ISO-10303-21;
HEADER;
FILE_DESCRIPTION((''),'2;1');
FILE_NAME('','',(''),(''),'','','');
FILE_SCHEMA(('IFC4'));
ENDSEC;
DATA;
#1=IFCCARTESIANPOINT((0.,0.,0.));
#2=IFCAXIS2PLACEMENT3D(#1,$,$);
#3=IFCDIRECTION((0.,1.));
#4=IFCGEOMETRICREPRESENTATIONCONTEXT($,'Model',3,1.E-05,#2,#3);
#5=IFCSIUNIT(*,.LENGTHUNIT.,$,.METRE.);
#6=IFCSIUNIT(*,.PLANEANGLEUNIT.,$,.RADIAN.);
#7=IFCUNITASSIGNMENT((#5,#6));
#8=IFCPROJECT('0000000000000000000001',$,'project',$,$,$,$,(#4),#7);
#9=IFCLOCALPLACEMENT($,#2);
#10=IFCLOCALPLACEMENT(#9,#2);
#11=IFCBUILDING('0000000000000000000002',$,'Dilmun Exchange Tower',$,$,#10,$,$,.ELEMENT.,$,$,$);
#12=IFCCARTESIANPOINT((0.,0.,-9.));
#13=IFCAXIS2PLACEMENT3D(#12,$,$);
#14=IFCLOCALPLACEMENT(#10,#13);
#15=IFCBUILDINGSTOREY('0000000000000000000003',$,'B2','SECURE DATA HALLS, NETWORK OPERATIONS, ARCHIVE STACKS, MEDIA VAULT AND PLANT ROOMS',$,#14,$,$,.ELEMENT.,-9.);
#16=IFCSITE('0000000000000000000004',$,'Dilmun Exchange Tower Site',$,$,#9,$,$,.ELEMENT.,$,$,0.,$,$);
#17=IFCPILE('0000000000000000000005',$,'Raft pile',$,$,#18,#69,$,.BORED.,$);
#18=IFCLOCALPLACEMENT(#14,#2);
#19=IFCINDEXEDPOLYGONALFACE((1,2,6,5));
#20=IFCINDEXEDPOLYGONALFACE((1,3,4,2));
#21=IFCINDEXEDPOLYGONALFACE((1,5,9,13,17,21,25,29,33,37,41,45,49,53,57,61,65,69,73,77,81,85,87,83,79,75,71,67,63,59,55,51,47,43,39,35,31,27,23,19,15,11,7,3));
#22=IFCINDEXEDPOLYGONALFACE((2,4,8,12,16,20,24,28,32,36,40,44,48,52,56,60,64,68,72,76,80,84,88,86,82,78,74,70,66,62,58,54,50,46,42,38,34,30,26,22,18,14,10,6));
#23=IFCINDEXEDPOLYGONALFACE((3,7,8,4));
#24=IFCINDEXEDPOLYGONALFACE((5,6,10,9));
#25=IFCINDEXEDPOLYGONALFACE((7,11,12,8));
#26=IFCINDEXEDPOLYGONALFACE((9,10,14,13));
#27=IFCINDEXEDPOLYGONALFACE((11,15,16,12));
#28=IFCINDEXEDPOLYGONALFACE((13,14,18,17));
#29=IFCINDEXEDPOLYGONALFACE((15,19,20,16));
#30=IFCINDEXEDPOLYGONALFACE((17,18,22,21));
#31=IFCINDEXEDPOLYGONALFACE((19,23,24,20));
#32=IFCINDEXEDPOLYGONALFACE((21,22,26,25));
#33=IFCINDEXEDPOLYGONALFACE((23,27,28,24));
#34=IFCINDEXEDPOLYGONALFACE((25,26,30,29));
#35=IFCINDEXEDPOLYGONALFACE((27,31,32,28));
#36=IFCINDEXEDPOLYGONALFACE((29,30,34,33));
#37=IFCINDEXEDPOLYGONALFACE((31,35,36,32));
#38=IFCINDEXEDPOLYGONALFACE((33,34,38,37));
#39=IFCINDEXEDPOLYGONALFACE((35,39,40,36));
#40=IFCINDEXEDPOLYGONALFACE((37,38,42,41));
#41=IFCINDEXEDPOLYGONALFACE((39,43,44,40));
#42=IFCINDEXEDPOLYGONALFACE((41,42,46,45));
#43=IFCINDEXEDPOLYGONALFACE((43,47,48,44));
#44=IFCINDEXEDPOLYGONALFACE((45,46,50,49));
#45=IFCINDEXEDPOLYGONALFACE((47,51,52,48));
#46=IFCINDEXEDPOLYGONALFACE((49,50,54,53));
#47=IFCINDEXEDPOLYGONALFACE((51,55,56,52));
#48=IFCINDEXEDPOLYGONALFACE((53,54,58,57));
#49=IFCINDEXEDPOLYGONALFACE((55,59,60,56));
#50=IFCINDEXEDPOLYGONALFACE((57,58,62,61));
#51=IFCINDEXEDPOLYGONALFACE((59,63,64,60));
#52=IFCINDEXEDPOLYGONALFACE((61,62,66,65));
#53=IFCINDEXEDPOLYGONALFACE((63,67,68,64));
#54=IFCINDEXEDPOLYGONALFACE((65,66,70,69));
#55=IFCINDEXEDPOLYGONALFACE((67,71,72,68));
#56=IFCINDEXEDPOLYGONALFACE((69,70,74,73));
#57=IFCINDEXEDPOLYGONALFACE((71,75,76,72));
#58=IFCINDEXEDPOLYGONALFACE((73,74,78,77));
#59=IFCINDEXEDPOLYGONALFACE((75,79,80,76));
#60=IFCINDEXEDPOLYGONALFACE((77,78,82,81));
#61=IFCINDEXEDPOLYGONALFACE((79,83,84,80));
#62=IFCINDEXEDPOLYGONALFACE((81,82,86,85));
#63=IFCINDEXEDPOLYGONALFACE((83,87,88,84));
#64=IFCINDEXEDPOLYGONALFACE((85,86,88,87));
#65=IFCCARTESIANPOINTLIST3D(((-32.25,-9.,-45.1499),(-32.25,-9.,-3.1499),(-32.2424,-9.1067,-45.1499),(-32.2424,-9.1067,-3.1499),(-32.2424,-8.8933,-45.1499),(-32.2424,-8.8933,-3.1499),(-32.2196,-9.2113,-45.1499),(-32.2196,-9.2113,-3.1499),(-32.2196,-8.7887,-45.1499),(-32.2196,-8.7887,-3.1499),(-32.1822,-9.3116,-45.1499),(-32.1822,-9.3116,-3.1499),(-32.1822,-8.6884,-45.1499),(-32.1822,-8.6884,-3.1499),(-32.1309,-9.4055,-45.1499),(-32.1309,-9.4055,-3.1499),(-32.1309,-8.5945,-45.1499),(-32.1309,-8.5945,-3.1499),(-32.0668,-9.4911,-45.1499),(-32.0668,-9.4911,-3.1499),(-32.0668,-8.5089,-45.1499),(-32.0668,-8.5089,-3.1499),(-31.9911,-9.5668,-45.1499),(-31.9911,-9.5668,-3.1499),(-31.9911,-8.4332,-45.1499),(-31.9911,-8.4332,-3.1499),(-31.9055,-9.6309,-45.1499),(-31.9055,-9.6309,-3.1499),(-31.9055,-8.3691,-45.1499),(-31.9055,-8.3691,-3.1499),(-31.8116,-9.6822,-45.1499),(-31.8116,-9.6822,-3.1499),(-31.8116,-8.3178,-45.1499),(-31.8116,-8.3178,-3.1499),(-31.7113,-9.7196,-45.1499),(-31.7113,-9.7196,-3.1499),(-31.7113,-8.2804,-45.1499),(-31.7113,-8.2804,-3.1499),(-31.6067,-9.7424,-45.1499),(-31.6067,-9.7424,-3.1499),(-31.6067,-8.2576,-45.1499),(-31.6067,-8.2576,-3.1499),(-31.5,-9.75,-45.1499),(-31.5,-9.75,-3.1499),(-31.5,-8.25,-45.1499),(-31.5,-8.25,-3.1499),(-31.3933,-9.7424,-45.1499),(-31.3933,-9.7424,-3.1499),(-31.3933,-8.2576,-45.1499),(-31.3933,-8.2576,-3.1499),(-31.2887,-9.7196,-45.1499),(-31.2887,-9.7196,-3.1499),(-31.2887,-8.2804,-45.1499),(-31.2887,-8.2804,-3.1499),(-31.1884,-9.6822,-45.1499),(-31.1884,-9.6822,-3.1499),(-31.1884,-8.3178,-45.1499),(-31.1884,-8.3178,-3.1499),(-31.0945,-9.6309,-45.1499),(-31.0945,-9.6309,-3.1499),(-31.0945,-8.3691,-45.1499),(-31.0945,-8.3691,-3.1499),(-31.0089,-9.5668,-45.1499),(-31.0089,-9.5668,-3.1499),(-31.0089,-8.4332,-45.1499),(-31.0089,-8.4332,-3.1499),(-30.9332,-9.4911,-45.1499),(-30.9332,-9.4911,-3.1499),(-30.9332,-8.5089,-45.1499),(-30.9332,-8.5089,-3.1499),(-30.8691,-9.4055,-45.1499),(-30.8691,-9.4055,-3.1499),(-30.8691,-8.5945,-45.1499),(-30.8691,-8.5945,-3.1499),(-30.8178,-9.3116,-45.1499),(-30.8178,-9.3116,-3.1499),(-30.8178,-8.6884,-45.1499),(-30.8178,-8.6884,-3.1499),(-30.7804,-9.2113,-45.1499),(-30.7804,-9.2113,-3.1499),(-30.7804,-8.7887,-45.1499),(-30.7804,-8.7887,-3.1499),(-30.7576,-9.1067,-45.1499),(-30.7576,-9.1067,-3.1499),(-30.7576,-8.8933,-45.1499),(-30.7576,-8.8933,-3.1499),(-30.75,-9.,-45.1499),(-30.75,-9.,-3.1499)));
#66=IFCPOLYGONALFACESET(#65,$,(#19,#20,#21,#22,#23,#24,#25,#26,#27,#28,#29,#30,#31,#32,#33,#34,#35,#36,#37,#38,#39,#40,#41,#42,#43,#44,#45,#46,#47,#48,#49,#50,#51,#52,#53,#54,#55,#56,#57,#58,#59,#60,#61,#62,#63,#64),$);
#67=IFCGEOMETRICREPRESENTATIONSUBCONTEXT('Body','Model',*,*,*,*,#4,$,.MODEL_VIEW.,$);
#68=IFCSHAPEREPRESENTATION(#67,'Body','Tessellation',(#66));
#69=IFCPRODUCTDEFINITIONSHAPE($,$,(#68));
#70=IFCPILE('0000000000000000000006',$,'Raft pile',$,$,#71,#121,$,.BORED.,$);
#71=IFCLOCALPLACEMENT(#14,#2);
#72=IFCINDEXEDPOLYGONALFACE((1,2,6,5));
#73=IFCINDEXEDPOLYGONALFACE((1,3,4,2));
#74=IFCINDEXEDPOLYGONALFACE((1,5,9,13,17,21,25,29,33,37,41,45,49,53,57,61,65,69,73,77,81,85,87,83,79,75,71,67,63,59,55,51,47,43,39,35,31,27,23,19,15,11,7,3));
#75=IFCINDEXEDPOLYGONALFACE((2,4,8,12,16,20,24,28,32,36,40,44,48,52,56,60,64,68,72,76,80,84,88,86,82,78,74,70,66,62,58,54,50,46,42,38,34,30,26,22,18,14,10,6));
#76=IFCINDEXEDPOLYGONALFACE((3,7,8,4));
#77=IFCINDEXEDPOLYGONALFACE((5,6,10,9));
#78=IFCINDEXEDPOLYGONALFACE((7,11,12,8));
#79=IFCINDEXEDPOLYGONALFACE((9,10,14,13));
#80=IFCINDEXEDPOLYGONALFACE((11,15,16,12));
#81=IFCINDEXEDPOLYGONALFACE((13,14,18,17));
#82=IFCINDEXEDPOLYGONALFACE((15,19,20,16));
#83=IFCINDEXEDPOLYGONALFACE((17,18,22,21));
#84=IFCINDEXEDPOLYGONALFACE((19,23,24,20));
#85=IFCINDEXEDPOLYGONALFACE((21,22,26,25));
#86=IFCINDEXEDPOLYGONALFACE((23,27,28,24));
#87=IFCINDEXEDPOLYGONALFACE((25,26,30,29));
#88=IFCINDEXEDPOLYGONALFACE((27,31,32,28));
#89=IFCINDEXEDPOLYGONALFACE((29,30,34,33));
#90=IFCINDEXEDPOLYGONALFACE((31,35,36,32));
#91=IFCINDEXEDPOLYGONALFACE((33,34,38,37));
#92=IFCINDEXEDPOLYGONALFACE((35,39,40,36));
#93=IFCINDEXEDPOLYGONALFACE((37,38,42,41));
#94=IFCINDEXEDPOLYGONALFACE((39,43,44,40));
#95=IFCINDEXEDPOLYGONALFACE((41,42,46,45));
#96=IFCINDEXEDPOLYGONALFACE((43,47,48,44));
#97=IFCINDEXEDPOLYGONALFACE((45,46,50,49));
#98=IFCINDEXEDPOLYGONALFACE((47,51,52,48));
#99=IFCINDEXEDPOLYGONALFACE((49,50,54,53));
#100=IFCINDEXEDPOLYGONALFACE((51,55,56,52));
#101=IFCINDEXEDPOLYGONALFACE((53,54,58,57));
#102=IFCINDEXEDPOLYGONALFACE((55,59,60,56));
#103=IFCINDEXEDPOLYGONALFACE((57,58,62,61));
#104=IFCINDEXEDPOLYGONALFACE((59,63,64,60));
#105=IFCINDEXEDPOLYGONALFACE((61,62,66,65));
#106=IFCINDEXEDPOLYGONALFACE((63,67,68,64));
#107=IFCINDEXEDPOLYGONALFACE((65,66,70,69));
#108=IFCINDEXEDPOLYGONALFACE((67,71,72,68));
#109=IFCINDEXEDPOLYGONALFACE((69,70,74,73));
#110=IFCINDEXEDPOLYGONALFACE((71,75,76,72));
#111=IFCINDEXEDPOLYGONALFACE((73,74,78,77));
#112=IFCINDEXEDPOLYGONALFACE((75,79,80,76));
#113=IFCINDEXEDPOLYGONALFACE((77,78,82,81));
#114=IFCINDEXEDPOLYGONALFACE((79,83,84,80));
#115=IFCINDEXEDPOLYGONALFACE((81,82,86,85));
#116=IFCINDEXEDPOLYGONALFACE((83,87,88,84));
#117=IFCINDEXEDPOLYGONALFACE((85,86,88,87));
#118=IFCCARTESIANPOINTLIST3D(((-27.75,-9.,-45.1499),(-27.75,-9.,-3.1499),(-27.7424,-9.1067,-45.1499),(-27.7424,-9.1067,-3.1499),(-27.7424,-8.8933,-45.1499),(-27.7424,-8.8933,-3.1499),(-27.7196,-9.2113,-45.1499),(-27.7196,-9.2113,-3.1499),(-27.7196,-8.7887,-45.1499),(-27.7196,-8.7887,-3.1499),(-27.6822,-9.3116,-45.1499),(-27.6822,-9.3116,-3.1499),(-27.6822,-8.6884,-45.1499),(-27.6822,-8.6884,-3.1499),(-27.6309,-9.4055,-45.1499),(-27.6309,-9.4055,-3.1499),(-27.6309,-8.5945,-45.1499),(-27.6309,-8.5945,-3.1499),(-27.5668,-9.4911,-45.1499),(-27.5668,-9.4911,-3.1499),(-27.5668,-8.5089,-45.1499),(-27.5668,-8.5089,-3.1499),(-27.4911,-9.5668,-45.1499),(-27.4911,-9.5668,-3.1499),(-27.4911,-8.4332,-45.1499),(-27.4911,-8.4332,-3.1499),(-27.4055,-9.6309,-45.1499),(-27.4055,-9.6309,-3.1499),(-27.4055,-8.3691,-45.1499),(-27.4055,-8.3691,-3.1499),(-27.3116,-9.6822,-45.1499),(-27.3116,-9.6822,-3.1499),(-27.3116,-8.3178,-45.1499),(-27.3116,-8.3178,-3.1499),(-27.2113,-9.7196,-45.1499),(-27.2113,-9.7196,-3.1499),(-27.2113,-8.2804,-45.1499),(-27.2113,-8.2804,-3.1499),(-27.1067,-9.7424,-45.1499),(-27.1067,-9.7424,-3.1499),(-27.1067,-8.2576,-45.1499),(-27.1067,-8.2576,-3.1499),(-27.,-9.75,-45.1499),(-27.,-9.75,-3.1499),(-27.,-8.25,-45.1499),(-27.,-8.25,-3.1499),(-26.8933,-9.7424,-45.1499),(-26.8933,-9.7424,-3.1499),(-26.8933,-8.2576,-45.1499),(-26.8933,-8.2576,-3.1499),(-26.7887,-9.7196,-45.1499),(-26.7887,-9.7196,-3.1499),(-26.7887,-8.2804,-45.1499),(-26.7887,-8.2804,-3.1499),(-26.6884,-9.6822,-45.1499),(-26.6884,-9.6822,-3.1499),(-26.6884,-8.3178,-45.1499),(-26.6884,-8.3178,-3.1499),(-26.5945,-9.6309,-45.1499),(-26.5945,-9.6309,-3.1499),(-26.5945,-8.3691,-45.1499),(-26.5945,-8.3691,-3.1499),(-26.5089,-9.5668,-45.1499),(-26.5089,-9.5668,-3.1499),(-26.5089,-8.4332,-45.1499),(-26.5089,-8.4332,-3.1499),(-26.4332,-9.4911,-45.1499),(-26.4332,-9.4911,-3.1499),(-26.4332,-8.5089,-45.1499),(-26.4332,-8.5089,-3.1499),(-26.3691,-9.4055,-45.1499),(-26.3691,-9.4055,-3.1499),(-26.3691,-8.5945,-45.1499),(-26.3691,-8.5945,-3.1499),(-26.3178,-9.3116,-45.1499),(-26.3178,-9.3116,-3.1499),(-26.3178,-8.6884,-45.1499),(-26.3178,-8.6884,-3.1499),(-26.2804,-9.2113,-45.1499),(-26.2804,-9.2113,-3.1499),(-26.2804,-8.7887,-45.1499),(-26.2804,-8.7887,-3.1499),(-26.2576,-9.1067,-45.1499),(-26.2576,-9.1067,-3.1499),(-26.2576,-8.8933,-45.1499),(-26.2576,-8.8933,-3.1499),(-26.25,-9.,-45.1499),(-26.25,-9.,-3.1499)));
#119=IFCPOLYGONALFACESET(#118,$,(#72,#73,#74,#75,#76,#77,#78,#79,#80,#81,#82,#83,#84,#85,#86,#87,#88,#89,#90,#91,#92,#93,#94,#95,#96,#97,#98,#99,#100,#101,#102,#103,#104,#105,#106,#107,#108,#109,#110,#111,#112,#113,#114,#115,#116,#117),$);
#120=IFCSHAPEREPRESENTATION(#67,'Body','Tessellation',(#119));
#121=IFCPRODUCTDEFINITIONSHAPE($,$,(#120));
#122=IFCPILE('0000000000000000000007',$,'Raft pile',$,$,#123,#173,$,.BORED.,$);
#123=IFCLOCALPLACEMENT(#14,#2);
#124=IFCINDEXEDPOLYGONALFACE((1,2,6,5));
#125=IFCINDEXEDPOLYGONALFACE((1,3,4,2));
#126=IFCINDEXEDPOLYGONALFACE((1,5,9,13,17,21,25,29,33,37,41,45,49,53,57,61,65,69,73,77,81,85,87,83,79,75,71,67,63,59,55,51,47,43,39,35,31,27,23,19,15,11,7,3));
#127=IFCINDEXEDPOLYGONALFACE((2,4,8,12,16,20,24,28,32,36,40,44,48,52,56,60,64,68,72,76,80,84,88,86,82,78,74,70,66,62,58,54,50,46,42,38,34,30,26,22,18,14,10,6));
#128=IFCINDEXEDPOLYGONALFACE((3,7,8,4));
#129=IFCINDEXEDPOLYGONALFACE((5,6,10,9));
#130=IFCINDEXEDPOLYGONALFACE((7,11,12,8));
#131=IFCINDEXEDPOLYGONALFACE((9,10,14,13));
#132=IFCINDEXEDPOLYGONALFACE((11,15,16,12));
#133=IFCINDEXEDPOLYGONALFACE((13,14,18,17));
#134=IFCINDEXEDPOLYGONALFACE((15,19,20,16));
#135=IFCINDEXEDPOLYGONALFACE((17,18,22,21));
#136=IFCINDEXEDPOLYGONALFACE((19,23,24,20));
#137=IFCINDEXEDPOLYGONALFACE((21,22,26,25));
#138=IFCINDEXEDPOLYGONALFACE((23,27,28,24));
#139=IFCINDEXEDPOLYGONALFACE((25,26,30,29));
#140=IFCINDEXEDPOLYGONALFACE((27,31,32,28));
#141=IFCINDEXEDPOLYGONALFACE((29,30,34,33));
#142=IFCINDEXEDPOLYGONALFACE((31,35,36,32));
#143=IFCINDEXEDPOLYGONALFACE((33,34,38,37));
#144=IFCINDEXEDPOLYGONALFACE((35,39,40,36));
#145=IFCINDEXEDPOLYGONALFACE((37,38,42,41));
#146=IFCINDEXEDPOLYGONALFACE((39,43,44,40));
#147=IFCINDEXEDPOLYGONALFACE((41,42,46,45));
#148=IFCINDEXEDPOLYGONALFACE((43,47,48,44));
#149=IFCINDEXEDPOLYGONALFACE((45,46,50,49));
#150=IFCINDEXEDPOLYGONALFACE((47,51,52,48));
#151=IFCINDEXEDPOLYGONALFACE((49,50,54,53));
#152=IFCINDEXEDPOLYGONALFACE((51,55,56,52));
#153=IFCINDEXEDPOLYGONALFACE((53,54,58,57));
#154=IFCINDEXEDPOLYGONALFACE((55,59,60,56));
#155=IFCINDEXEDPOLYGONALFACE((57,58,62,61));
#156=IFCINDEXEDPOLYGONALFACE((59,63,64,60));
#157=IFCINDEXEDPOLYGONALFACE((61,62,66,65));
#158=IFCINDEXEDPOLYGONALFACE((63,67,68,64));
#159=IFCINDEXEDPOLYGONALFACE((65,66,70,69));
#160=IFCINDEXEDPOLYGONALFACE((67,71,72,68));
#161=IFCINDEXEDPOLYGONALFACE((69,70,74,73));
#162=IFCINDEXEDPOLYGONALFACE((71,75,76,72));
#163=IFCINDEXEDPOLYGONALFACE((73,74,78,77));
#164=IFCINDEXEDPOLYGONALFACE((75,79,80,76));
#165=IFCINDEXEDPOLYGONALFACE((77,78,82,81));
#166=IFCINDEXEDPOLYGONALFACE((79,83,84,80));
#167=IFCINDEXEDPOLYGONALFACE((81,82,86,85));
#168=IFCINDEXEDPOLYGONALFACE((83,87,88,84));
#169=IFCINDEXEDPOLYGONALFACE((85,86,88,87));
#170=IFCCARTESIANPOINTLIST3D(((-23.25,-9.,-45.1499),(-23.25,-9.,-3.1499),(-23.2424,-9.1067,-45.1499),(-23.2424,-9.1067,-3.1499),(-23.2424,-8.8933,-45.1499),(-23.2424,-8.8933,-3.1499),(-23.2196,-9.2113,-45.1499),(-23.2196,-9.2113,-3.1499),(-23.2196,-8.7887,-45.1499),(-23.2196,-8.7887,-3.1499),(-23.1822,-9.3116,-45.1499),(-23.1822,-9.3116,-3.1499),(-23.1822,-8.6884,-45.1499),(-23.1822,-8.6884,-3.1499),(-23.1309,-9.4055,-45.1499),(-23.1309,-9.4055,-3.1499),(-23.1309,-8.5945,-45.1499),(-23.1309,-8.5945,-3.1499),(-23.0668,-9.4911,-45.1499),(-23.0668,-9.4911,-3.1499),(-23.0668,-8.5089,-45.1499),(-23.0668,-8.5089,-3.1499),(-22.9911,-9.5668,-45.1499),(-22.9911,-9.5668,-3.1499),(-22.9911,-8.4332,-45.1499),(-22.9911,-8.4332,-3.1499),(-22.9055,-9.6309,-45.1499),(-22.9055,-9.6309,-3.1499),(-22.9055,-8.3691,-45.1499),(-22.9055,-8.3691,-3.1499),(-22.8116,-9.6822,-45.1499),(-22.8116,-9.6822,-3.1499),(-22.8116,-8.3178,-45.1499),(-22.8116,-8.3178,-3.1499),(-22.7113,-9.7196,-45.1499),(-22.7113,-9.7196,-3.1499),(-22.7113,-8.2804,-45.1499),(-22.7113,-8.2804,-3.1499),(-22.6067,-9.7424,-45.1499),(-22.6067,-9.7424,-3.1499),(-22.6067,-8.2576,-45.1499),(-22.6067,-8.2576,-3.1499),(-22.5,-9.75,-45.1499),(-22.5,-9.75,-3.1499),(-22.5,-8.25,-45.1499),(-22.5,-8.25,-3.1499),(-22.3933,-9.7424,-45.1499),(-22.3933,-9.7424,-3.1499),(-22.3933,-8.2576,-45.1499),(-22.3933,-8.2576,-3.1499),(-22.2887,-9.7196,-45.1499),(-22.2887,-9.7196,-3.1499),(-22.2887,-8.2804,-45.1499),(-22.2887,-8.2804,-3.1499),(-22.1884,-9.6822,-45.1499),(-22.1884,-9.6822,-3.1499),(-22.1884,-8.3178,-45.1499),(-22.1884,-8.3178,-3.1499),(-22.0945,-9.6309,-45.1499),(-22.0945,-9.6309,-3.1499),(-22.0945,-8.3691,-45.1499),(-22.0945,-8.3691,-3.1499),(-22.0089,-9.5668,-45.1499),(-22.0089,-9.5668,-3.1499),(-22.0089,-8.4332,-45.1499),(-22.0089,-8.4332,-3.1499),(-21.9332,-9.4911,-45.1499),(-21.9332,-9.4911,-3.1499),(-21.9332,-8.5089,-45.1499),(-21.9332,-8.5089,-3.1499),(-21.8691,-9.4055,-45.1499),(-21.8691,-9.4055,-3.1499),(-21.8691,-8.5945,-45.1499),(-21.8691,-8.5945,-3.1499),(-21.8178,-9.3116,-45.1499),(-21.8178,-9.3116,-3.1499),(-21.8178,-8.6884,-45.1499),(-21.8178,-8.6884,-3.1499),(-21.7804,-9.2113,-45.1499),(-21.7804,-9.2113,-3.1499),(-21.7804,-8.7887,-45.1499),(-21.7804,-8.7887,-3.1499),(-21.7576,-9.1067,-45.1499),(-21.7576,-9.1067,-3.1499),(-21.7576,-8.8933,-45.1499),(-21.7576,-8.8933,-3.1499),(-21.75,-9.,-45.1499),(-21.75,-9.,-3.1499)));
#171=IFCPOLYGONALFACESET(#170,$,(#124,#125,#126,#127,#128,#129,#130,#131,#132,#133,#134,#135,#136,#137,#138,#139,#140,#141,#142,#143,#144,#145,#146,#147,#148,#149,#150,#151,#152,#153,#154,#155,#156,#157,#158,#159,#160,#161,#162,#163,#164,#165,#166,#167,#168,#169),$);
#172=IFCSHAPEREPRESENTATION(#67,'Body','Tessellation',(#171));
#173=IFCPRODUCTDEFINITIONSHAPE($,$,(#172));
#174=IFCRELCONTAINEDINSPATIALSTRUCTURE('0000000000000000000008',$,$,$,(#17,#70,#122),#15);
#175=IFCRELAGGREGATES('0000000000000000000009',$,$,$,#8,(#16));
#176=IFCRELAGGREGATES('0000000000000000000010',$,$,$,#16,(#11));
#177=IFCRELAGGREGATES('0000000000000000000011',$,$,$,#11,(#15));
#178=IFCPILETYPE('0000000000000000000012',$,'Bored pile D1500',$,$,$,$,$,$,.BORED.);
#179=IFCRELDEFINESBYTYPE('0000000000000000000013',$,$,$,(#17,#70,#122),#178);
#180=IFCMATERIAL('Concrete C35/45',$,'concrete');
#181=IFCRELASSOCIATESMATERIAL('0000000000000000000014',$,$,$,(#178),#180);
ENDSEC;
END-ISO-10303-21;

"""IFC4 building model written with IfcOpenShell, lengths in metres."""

from ifc_helpers import new_model, si_unit, direction, frame, origin, origin_2d, place, context, subcontext, project, spatial, circle, extrude, material, material_profile, profile_set, type_object, element, save


model = new_model("IFC4")

# Units and contexts
model_context = context("Model", 3, precision=1e-05, world=origin(), true_north=direction((0.0, 1.0)))
body_context = subcontext(model_context, "Body", "Model", "MODEL_VIEW")
ifc_project = project(units=[si_unit("LENGTHUNIT", "METRE"), si_unit("PLANEANGLEUNIT", "RADIAN")], contexts=[model_context])

# Site, building, storey
site_placement = place(None, origin())
site = spatial("IfcSite", under=ifc_project, at=site_placement, Name="Dilmun Exchange Tower Site", CompositionType="ELEMENT", RefElevation=0.0)
building_placement = place(site_placement, origin())
building = spatial("IfcBuilding", under=site, at=building_placement, Name="Dilmun Exchange Tower", CompositionType="ELEMENT")
storey_placement = place(building_placement, frame((0.0, 0.0, -9.0)))
storey = spatial("IfcBuildingStorey", under=building, at=storey_placement, Name="B2", Description="SECURE DATA HALLS, NETWORK OPERATIONS, ARCHIVE STACKS, MEDIA VAULT AND PLANT ROOMS", CompositionType="ELEMENT", Elevation=-9.0)

# Piles
ifc_material_1 = material(Name="Concrete C35/45", Category="concrete")
ifc_material_profile_1 = material_profile(ifc_material_1, circle(Radius=0.75, at=origin_2d()), Name="D1500")
ifc_profile_set_1 = profile_set([ifc_material_profile_1], Name="Concrete C35/45")
pile_type = type_object("IfcPileType", Name="Bored pile D1500", PredefinedType="BORED", material=ifc_profile_set_1)
for number, where, z_axis, x_axis, name in (
    (1, (-31.5, -9.0, -3.1499), (0.0, 0.0, -1.0), (1.0, 0.0, 0.0), "Raft pile"),
    (2, (-27.0, -9.0, -3.1499), (0.0, 0.0, -1.0), (1.0, 0.0, 0.0), "Raft pile"),
    (3, (-22.5, -9.0, -3.1499), (0.0, 0.0, -1.0), (1.0, 0.0, 0.0), "Raft pile"),
):
    element("IfcPile", number, at=place(storey_placement, frame(where, z_axis=z_axis, x_axis=x_axis)), inside=storey, type_object=pile_type, Name=name, PredefinedType="BORED", context=body_context, shape_type="SweptSolid", body=[
        extrude(circle(Radius=0.75, at=origin_2d()), origin(), (0.0, 0.0, 1.0), 42.0),
    ])

save(model, "model.ifc")
